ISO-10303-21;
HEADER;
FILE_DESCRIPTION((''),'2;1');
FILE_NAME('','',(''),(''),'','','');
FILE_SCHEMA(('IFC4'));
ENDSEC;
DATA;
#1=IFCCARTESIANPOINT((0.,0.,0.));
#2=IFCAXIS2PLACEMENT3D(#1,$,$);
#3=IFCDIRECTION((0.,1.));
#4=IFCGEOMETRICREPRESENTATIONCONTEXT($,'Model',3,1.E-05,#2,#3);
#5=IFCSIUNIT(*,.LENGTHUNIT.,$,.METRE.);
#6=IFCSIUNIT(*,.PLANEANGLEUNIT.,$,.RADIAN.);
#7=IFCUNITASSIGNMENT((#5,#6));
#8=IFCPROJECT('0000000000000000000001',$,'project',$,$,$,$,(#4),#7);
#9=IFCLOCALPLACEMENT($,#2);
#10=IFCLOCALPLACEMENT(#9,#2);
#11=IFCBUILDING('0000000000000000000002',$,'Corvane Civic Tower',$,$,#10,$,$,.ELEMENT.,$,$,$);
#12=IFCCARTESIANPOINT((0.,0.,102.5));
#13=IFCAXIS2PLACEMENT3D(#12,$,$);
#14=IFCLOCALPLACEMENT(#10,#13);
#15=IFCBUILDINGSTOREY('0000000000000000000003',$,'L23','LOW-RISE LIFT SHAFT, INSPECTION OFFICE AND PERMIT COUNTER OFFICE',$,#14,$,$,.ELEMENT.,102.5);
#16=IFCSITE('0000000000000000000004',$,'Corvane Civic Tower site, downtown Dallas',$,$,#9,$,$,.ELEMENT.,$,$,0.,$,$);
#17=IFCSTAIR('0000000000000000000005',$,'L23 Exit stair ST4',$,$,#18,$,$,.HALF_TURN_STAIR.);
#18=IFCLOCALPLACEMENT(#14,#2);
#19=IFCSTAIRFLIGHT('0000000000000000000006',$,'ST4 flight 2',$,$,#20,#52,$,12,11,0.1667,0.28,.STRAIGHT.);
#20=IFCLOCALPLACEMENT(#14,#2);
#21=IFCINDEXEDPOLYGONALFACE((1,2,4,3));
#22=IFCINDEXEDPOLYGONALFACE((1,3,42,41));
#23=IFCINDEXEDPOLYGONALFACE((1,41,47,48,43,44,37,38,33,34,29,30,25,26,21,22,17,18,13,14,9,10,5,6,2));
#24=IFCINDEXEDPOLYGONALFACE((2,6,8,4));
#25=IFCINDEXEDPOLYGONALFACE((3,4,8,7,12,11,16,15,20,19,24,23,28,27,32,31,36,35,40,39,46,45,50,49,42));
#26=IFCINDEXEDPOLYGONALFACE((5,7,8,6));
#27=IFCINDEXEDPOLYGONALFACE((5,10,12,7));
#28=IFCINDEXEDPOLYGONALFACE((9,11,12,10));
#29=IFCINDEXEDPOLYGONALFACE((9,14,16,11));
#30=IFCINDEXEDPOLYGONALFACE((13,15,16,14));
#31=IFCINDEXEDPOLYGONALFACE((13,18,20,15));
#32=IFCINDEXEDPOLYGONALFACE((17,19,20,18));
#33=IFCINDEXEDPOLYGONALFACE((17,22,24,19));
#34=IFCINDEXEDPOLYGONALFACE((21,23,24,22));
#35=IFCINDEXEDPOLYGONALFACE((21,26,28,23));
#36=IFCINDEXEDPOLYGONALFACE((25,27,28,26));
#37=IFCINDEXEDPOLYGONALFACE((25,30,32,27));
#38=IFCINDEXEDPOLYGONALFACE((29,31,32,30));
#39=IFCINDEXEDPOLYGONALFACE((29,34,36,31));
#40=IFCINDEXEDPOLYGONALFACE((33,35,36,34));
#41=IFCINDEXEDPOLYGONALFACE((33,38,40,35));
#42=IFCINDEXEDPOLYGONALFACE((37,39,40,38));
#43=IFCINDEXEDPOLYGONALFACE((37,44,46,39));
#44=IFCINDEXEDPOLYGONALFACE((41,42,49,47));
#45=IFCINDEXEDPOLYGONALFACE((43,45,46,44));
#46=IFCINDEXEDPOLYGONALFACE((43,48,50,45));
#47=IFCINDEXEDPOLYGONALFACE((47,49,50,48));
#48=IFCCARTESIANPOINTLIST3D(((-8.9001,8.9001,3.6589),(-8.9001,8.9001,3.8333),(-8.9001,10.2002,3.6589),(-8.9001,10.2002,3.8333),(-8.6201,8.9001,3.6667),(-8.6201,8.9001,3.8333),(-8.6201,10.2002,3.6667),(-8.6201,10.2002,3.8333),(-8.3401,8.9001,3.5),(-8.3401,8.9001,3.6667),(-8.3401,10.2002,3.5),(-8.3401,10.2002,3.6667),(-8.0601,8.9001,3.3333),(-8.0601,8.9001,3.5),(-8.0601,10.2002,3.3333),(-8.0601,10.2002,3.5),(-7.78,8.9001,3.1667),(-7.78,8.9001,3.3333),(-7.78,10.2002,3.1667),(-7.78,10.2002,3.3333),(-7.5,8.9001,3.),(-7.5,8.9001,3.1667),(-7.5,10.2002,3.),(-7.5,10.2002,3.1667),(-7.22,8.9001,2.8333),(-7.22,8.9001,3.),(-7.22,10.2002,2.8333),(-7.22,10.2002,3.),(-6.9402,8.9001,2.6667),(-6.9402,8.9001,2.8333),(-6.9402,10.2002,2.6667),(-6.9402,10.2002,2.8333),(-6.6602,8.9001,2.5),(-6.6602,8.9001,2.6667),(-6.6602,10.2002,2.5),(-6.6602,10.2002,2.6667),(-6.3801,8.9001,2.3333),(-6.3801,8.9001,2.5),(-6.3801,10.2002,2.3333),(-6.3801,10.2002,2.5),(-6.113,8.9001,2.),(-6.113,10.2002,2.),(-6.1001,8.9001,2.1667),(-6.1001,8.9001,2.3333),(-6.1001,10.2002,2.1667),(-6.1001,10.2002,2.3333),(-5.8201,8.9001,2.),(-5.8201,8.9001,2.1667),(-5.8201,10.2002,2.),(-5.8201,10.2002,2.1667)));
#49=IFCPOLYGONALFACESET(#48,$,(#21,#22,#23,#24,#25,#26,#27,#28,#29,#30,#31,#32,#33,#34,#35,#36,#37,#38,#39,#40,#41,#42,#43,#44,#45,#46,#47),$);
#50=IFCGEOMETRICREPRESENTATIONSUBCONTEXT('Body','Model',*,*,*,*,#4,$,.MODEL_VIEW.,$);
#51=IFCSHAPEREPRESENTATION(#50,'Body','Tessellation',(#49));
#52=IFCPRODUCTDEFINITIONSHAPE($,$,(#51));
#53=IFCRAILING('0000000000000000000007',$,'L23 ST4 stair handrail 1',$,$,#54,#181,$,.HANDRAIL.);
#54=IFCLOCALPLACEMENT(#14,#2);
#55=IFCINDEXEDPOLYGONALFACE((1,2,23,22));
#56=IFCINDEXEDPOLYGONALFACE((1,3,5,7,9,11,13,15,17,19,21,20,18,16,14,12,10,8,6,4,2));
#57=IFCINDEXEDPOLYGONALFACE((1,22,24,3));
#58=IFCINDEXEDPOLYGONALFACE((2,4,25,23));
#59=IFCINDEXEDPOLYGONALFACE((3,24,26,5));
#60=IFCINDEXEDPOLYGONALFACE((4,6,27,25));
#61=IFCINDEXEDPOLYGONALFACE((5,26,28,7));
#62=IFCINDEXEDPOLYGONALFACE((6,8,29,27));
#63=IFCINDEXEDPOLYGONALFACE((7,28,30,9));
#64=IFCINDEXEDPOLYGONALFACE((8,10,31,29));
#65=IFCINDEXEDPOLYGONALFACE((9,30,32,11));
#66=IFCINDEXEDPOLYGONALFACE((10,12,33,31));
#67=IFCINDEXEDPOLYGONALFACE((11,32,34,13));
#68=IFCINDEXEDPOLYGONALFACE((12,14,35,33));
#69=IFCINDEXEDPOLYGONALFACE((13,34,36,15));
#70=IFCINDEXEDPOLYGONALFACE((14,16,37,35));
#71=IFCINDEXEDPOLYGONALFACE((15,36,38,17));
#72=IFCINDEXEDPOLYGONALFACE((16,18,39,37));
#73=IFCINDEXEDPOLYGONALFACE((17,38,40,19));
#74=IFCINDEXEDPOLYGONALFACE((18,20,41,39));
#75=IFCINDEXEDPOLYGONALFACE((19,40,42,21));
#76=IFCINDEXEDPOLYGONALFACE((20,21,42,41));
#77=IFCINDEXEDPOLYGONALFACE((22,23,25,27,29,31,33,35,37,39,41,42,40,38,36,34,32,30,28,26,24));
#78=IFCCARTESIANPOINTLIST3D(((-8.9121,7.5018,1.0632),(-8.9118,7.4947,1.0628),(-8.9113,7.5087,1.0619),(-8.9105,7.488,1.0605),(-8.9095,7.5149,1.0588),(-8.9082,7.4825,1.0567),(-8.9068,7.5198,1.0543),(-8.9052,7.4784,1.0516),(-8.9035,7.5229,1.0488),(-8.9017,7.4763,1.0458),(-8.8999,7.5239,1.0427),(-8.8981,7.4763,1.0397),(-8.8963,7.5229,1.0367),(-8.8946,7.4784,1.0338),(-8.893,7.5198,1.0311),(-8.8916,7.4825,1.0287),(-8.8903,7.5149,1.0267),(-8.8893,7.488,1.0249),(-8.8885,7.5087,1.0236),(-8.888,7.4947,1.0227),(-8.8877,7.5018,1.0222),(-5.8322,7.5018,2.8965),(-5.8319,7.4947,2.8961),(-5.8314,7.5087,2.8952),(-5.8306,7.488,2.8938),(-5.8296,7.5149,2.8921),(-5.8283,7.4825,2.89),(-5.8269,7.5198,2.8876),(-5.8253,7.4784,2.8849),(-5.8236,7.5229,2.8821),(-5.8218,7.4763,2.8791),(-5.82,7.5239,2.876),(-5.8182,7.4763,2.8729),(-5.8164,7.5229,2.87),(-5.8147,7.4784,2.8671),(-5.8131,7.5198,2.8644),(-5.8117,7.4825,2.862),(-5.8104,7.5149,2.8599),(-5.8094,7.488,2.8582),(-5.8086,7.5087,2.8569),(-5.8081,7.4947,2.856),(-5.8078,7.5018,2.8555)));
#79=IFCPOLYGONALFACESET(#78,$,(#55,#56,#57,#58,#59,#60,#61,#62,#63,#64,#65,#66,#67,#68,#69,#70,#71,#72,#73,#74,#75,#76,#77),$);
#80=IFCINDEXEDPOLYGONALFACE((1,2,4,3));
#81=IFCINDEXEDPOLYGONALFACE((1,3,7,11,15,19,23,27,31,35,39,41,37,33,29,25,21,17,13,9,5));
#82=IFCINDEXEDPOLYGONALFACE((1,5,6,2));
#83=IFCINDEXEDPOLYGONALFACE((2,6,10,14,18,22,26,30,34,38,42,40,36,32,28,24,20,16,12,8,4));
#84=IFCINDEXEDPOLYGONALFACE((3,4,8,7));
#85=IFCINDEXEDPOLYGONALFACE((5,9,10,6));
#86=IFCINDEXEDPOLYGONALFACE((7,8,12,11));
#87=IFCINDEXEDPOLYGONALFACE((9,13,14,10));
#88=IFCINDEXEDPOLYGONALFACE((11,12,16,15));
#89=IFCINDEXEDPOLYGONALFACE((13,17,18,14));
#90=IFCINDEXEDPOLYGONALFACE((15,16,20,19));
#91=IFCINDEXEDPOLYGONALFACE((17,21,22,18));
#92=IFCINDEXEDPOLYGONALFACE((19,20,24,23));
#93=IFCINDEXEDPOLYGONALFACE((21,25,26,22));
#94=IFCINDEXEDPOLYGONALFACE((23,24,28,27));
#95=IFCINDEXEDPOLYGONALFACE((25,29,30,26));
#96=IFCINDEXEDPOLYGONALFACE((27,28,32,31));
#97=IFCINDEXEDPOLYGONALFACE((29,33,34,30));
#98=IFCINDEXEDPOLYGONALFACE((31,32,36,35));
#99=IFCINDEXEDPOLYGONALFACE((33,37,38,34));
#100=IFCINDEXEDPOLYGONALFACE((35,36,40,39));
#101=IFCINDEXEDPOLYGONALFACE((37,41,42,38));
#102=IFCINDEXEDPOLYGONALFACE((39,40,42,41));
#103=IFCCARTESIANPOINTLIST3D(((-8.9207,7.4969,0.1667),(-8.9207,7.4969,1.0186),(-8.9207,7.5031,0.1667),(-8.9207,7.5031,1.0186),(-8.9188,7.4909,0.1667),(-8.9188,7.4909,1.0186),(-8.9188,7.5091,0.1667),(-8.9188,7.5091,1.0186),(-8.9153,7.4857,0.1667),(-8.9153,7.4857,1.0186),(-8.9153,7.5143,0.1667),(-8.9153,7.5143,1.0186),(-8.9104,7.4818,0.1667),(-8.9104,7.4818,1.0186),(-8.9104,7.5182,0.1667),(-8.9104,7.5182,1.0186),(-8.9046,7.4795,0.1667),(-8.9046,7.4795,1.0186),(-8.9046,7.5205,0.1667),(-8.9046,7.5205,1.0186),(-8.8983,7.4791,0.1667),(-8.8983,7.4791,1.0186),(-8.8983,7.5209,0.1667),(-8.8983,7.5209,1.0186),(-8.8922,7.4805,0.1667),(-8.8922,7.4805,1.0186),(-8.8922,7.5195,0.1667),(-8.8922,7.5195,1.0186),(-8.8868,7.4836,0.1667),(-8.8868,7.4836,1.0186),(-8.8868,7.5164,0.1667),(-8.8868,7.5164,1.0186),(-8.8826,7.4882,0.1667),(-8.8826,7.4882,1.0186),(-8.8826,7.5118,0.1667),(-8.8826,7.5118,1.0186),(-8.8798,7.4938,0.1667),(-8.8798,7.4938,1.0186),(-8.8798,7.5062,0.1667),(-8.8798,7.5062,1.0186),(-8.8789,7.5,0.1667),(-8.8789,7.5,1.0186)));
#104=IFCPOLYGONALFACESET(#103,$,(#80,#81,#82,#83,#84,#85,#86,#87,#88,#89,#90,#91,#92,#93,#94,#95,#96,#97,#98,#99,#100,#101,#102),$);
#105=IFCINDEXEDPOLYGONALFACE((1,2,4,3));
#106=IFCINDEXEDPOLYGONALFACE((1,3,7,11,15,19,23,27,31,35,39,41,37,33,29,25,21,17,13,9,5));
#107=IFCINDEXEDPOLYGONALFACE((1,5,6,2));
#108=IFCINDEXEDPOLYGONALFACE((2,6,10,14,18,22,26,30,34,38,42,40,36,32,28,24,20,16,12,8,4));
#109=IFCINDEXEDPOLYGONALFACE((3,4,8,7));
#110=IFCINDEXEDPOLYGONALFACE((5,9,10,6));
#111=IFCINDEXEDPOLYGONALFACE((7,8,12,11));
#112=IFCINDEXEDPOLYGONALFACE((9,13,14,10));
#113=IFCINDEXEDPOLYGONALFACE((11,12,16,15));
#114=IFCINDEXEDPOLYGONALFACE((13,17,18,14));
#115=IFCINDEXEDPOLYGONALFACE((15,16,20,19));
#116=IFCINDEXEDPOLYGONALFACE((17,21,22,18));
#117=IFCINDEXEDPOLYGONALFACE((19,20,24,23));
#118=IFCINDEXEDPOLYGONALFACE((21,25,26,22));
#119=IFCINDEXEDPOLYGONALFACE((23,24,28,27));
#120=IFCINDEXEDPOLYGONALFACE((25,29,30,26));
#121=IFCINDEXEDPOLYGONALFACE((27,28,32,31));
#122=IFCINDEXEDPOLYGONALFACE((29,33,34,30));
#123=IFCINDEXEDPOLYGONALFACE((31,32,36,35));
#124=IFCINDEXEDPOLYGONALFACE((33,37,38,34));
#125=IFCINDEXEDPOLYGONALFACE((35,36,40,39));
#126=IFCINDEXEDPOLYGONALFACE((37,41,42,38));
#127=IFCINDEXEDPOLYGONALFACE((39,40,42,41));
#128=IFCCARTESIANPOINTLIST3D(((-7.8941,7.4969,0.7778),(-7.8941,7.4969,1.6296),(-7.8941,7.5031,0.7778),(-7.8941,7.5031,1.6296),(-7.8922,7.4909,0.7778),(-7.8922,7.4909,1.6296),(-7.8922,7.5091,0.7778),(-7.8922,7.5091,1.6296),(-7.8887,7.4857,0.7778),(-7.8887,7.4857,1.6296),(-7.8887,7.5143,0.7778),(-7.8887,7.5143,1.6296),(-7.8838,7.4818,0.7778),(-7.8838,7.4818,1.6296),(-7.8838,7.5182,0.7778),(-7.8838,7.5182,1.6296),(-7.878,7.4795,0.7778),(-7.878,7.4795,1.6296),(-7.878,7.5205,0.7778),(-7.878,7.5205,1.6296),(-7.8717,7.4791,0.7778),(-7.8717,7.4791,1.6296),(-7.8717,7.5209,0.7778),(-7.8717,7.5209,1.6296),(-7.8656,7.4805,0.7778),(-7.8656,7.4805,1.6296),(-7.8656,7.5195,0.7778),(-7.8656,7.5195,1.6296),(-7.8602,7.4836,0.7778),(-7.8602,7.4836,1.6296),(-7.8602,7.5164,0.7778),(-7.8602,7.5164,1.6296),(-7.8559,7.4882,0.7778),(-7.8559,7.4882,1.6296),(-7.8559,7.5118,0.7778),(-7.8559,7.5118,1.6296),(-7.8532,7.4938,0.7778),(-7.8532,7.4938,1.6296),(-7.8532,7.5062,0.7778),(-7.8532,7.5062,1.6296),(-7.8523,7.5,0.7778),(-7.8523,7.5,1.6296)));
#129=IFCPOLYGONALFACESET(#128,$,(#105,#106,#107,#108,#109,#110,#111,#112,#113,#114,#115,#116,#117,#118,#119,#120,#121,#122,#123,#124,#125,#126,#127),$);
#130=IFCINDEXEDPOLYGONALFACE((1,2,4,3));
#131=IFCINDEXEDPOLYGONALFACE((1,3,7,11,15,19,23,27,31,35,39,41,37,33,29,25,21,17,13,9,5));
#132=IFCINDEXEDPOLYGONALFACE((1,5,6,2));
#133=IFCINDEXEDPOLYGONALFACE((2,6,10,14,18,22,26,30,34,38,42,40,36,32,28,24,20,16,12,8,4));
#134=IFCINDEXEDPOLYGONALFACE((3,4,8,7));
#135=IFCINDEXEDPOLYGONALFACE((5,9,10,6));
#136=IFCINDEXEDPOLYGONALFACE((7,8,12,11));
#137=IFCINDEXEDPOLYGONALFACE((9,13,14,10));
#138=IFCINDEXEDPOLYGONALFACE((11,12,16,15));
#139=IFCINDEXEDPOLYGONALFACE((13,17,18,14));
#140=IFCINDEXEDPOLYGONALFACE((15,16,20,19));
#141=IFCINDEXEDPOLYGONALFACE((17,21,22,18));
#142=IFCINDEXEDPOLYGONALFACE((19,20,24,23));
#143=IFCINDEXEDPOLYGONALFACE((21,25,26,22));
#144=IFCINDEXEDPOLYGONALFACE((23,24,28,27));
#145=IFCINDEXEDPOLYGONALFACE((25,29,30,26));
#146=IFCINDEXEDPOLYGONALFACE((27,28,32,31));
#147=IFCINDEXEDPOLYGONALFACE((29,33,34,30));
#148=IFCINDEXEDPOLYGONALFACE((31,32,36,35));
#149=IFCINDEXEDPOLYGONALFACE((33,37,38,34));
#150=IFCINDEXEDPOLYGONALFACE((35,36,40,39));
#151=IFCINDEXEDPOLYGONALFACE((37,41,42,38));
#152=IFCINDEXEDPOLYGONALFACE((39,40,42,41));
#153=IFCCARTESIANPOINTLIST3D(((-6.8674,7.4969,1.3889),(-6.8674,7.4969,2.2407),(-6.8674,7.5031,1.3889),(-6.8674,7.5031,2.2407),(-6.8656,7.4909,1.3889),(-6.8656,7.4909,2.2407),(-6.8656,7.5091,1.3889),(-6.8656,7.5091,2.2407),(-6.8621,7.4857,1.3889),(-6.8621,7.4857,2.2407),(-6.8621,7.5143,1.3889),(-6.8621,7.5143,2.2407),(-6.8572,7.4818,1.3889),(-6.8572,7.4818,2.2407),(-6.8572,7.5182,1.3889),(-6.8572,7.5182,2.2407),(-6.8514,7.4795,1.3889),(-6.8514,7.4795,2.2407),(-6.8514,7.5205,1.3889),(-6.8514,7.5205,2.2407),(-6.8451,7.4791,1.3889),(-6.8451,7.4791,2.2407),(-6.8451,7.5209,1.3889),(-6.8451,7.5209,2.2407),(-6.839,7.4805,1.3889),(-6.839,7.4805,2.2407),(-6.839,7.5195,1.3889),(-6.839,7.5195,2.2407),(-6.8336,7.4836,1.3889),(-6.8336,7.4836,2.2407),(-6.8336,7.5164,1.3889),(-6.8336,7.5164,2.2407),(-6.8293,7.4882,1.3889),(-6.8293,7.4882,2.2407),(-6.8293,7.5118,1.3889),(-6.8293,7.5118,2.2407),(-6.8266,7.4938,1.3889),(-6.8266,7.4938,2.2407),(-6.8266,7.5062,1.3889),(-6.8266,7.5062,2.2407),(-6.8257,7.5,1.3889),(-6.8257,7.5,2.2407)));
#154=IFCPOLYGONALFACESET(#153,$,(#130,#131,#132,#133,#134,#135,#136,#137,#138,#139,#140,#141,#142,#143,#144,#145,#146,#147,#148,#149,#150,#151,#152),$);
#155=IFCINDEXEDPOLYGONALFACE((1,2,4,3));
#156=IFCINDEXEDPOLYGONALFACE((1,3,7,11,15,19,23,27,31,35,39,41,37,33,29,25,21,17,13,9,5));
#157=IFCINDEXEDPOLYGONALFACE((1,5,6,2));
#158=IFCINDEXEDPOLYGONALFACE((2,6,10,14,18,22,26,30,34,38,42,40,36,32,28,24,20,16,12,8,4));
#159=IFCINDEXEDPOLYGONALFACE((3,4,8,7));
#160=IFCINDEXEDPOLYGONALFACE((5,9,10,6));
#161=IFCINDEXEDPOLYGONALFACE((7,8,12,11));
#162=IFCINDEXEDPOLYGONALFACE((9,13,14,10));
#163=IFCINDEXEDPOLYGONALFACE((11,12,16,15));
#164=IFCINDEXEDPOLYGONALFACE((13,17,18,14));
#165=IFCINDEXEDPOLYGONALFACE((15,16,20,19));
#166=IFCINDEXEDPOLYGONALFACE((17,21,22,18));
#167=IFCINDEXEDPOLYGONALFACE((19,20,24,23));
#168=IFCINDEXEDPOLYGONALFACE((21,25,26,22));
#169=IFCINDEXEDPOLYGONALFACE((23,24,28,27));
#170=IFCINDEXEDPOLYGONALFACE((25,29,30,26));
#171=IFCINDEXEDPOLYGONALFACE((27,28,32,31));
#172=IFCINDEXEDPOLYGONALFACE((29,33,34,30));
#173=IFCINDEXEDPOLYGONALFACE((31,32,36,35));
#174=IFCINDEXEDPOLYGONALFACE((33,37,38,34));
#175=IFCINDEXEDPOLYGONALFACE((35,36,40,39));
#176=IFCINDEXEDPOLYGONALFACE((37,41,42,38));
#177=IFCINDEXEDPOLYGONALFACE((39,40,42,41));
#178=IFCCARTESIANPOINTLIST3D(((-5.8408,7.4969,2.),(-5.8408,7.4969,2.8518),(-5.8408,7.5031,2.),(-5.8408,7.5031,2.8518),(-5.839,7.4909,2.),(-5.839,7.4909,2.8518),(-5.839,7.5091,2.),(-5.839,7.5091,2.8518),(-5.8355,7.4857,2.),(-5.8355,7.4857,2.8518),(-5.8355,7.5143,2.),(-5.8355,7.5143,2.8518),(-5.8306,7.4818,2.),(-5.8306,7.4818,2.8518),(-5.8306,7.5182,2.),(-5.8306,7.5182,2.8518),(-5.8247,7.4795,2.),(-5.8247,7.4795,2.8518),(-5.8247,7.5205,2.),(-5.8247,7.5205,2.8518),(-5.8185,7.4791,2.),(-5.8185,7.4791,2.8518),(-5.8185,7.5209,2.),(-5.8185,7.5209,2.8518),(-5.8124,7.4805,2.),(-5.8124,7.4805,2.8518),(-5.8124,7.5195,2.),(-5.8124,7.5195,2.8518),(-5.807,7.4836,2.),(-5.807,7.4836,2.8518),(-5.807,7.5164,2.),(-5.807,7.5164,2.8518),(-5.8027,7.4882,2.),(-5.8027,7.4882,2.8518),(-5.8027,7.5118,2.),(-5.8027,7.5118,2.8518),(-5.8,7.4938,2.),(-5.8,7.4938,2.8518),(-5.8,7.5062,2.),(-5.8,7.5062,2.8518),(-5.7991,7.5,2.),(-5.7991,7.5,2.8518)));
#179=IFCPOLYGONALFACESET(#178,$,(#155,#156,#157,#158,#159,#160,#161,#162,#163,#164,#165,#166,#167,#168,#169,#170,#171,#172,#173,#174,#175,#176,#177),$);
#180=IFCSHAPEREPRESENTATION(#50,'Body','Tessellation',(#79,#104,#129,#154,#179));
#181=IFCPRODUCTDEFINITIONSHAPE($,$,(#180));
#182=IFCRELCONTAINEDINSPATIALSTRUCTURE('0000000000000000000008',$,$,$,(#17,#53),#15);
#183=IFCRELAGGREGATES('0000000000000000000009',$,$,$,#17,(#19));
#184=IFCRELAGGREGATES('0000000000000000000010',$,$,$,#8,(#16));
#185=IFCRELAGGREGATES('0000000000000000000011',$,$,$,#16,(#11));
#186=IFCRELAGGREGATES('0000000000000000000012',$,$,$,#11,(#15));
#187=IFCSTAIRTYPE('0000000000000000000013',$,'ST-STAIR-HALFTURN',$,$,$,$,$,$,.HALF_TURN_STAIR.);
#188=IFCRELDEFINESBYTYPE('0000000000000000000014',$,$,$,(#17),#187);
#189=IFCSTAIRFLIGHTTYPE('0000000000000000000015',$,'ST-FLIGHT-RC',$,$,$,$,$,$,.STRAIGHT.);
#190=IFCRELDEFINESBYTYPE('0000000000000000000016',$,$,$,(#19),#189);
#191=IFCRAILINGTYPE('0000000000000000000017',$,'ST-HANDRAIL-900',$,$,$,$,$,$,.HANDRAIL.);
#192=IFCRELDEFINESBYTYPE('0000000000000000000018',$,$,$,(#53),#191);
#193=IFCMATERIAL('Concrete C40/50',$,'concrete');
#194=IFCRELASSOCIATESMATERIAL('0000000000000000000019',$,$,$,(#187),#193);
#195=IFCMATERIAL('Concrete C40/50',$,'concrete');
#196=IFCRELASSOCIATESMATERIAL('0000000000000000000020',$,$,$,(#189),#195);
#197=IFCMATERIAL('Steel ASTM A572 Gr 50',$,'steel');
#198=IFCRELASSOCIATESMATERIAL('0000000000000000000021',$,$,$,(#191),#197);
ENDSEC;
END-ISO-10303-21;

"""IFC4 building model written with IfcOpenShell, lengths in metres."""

from ifc_helpers import new_model, si_unit, direction, frame, origin, origin_2d, place, context, subcontext, project, spatial, polyline, circle, outline, extrude, material, type_object, element, aggregate, save


model = new_model("IFC4")

# Units and contexts
model_context = context("Model", 3, precision=1e-05, world=origin(), true_north=direction((0.0, 1.0)))
body_context = subcontext(model_context, "Body", "Model", "MODEL_VIEW")
ifc_project = project(units=[si_unit("LENGTHUNIT", "METRE"), si_unit("PLANEANGLEUNIT", "RADIAN")], contexts=[model_context])

# Site, building, storey
site_placement = place(None, origin())
site = spatial("IfcSite", under=ifc_project, at=site_placement, Name="Corvane Civic Tower site, downtown Dallas", CompositionType="ELEMENT", RefElevation=0.0)
building_placement = place(site_placement, origin())
building = spatial("IfcBuilding", under=site, at=building_placement, Name="Corvane Civic Tower", CompositionType="ELEMENT")
storey_placement = place(building_placement, frame((0.0, 0.0, 102.5)))
storey = spatial("IfcBuildingStorey", under=building, at=storey_placement, Name="L23", Description="LOW-RISE LIFT SHAFT, INSPECTION OFFICE AND PERMIT COUNTER OFFICE", CompositionType="ELEMENT", Elevation=102.5)

# Shared definitions
ifc_material_1 = material(Name="Concrete C40/50", Category="concrete")
stair_type = type_object("IfcStairType", Name="ST-STAIR-HALFTURN", PredefinedType="HALF_TURN_STAIR", material=ifc_material_1)

# Stair, stair flight
stair_1_placement = place(storey_placement, origin())
stair_1 = element("IfcStair", 1, at=stair_1_placement, inside=storey, type_object=stair_type, Name="L23 Exit stair ST4", PredefinedType="HALF_TURN_STAIR")
ifc_material_2 = material(Name="Concrete C40/50", Category="concrete")
stair_flight_type = type_object("IfcStairFlightType", Name="ST-FLIGHT-RC", PredefinedType="STRAIGHT", material=ifc_material_2)
stair_flight_1_placement = place(storey_placement, frame((-5.8201, 9.55, 2.0), z_axis=(0.0, 0.0, 1.0), x_axis=(-1.0, 0.0, 0.0)))
stair_flight_1 = element("IfcStairFlight", 2, at=stair_flight_1_placement, type_object=stair_flight_type, Name="ST4 flight 2", NumberOfRisers=12, NumberOfTreads=11, PredefinedType="STRAIGHT", RiserHeight=0.1667, TreadLength=0.28, context=body_context, shape_type="SweptSolid", body=[
    extrude(outline(polyline([(0.0, 0.0), (0.0, 0.1667), (0.28, 0.1667), (0.28, 0.3333), (0.5601, 0.3333), (0.5601, 0.5), (0.8401, 0.5), (0.8401, 0.6667), (1.1201, 0.6667), (1.1201, 0.8333), (1.3999, 0.8333), (1.3999, 1.0), (1.6799, 1.0), (1.6799, 1.1667), (1.96, 1.1667), (1.96, 1.3333), (2.24, 1.3333), (2.24, 1.5), (2.52, 1.5), (2.52, 1.6667), (2.8, 1.6667), (2.8, 1.8333), (3.0801, 1.8333), (3.0801, 2.0), (3.0801, 1.6589), (0.293, 0.0), (0.0, 0.0)])), frame((0.0, 0.6499, 0.0), z_axis=(0.0, -1.0, 0.0), x_axis=(1.0, 0.0, 0.0)), (0.0, 0.0, 1.0), 1.3),
])
aggregate(stair_1, [stair_flight_1])

# Railing
ifc_material_3 = material(Name="Steel ASTM A572 Gr 50", Category="steel")
railing_type_1 = type_object("IfcRailingType", Name="ST-HANDRAIL-900", PredefinedType="HANDRAIL", material=ifc_material_3)
railing_1_placement = place(storey_placement, frame((-8.8999, 7.5, 0.1667)))
element("IfcRailing", 3, at=railing_1_placement, inside=storey, type_object=railing_type_1, Name="L23 ST4 stair handrail 1", PredefinedType="HANDRAIL", context=body_context, shape_type="SweptSolid", body=[
    extrude(circle(Radius=0.0239, at=origin_2d()), frame((0.0, 0.0, 0.876), z_axis=(0.859291, 0.0, 0.511487), x_axis=(0.0, 1.0, 0.0)), (0.0, 0.0, 1.0), 3.5842),
    extrude(circle(Radius=0.021, at=origin_2d()), origin(), (0.0, 0.0, 1.0), 0.8518),
    extrude(circle(Radius=0.021, at=origin_2d()), frame((1.0266, 0.0, 0.6111)), (0.0, 0.0, 1.0), 0.8518),
    extrude(circle(Radius=0.021, at=origin_2d()), frame((2.0532, 0.0, 1.2222)), (0.0, 0.0, 1.0), 0.8518),
    extrude(circle(Radius=0.021, at=origin_2d()), frame((3.0798, 0.0, 1.8333)), (0.0, 0.0, 1.0), 0.8518),
])

save(model, "model.ifc")
